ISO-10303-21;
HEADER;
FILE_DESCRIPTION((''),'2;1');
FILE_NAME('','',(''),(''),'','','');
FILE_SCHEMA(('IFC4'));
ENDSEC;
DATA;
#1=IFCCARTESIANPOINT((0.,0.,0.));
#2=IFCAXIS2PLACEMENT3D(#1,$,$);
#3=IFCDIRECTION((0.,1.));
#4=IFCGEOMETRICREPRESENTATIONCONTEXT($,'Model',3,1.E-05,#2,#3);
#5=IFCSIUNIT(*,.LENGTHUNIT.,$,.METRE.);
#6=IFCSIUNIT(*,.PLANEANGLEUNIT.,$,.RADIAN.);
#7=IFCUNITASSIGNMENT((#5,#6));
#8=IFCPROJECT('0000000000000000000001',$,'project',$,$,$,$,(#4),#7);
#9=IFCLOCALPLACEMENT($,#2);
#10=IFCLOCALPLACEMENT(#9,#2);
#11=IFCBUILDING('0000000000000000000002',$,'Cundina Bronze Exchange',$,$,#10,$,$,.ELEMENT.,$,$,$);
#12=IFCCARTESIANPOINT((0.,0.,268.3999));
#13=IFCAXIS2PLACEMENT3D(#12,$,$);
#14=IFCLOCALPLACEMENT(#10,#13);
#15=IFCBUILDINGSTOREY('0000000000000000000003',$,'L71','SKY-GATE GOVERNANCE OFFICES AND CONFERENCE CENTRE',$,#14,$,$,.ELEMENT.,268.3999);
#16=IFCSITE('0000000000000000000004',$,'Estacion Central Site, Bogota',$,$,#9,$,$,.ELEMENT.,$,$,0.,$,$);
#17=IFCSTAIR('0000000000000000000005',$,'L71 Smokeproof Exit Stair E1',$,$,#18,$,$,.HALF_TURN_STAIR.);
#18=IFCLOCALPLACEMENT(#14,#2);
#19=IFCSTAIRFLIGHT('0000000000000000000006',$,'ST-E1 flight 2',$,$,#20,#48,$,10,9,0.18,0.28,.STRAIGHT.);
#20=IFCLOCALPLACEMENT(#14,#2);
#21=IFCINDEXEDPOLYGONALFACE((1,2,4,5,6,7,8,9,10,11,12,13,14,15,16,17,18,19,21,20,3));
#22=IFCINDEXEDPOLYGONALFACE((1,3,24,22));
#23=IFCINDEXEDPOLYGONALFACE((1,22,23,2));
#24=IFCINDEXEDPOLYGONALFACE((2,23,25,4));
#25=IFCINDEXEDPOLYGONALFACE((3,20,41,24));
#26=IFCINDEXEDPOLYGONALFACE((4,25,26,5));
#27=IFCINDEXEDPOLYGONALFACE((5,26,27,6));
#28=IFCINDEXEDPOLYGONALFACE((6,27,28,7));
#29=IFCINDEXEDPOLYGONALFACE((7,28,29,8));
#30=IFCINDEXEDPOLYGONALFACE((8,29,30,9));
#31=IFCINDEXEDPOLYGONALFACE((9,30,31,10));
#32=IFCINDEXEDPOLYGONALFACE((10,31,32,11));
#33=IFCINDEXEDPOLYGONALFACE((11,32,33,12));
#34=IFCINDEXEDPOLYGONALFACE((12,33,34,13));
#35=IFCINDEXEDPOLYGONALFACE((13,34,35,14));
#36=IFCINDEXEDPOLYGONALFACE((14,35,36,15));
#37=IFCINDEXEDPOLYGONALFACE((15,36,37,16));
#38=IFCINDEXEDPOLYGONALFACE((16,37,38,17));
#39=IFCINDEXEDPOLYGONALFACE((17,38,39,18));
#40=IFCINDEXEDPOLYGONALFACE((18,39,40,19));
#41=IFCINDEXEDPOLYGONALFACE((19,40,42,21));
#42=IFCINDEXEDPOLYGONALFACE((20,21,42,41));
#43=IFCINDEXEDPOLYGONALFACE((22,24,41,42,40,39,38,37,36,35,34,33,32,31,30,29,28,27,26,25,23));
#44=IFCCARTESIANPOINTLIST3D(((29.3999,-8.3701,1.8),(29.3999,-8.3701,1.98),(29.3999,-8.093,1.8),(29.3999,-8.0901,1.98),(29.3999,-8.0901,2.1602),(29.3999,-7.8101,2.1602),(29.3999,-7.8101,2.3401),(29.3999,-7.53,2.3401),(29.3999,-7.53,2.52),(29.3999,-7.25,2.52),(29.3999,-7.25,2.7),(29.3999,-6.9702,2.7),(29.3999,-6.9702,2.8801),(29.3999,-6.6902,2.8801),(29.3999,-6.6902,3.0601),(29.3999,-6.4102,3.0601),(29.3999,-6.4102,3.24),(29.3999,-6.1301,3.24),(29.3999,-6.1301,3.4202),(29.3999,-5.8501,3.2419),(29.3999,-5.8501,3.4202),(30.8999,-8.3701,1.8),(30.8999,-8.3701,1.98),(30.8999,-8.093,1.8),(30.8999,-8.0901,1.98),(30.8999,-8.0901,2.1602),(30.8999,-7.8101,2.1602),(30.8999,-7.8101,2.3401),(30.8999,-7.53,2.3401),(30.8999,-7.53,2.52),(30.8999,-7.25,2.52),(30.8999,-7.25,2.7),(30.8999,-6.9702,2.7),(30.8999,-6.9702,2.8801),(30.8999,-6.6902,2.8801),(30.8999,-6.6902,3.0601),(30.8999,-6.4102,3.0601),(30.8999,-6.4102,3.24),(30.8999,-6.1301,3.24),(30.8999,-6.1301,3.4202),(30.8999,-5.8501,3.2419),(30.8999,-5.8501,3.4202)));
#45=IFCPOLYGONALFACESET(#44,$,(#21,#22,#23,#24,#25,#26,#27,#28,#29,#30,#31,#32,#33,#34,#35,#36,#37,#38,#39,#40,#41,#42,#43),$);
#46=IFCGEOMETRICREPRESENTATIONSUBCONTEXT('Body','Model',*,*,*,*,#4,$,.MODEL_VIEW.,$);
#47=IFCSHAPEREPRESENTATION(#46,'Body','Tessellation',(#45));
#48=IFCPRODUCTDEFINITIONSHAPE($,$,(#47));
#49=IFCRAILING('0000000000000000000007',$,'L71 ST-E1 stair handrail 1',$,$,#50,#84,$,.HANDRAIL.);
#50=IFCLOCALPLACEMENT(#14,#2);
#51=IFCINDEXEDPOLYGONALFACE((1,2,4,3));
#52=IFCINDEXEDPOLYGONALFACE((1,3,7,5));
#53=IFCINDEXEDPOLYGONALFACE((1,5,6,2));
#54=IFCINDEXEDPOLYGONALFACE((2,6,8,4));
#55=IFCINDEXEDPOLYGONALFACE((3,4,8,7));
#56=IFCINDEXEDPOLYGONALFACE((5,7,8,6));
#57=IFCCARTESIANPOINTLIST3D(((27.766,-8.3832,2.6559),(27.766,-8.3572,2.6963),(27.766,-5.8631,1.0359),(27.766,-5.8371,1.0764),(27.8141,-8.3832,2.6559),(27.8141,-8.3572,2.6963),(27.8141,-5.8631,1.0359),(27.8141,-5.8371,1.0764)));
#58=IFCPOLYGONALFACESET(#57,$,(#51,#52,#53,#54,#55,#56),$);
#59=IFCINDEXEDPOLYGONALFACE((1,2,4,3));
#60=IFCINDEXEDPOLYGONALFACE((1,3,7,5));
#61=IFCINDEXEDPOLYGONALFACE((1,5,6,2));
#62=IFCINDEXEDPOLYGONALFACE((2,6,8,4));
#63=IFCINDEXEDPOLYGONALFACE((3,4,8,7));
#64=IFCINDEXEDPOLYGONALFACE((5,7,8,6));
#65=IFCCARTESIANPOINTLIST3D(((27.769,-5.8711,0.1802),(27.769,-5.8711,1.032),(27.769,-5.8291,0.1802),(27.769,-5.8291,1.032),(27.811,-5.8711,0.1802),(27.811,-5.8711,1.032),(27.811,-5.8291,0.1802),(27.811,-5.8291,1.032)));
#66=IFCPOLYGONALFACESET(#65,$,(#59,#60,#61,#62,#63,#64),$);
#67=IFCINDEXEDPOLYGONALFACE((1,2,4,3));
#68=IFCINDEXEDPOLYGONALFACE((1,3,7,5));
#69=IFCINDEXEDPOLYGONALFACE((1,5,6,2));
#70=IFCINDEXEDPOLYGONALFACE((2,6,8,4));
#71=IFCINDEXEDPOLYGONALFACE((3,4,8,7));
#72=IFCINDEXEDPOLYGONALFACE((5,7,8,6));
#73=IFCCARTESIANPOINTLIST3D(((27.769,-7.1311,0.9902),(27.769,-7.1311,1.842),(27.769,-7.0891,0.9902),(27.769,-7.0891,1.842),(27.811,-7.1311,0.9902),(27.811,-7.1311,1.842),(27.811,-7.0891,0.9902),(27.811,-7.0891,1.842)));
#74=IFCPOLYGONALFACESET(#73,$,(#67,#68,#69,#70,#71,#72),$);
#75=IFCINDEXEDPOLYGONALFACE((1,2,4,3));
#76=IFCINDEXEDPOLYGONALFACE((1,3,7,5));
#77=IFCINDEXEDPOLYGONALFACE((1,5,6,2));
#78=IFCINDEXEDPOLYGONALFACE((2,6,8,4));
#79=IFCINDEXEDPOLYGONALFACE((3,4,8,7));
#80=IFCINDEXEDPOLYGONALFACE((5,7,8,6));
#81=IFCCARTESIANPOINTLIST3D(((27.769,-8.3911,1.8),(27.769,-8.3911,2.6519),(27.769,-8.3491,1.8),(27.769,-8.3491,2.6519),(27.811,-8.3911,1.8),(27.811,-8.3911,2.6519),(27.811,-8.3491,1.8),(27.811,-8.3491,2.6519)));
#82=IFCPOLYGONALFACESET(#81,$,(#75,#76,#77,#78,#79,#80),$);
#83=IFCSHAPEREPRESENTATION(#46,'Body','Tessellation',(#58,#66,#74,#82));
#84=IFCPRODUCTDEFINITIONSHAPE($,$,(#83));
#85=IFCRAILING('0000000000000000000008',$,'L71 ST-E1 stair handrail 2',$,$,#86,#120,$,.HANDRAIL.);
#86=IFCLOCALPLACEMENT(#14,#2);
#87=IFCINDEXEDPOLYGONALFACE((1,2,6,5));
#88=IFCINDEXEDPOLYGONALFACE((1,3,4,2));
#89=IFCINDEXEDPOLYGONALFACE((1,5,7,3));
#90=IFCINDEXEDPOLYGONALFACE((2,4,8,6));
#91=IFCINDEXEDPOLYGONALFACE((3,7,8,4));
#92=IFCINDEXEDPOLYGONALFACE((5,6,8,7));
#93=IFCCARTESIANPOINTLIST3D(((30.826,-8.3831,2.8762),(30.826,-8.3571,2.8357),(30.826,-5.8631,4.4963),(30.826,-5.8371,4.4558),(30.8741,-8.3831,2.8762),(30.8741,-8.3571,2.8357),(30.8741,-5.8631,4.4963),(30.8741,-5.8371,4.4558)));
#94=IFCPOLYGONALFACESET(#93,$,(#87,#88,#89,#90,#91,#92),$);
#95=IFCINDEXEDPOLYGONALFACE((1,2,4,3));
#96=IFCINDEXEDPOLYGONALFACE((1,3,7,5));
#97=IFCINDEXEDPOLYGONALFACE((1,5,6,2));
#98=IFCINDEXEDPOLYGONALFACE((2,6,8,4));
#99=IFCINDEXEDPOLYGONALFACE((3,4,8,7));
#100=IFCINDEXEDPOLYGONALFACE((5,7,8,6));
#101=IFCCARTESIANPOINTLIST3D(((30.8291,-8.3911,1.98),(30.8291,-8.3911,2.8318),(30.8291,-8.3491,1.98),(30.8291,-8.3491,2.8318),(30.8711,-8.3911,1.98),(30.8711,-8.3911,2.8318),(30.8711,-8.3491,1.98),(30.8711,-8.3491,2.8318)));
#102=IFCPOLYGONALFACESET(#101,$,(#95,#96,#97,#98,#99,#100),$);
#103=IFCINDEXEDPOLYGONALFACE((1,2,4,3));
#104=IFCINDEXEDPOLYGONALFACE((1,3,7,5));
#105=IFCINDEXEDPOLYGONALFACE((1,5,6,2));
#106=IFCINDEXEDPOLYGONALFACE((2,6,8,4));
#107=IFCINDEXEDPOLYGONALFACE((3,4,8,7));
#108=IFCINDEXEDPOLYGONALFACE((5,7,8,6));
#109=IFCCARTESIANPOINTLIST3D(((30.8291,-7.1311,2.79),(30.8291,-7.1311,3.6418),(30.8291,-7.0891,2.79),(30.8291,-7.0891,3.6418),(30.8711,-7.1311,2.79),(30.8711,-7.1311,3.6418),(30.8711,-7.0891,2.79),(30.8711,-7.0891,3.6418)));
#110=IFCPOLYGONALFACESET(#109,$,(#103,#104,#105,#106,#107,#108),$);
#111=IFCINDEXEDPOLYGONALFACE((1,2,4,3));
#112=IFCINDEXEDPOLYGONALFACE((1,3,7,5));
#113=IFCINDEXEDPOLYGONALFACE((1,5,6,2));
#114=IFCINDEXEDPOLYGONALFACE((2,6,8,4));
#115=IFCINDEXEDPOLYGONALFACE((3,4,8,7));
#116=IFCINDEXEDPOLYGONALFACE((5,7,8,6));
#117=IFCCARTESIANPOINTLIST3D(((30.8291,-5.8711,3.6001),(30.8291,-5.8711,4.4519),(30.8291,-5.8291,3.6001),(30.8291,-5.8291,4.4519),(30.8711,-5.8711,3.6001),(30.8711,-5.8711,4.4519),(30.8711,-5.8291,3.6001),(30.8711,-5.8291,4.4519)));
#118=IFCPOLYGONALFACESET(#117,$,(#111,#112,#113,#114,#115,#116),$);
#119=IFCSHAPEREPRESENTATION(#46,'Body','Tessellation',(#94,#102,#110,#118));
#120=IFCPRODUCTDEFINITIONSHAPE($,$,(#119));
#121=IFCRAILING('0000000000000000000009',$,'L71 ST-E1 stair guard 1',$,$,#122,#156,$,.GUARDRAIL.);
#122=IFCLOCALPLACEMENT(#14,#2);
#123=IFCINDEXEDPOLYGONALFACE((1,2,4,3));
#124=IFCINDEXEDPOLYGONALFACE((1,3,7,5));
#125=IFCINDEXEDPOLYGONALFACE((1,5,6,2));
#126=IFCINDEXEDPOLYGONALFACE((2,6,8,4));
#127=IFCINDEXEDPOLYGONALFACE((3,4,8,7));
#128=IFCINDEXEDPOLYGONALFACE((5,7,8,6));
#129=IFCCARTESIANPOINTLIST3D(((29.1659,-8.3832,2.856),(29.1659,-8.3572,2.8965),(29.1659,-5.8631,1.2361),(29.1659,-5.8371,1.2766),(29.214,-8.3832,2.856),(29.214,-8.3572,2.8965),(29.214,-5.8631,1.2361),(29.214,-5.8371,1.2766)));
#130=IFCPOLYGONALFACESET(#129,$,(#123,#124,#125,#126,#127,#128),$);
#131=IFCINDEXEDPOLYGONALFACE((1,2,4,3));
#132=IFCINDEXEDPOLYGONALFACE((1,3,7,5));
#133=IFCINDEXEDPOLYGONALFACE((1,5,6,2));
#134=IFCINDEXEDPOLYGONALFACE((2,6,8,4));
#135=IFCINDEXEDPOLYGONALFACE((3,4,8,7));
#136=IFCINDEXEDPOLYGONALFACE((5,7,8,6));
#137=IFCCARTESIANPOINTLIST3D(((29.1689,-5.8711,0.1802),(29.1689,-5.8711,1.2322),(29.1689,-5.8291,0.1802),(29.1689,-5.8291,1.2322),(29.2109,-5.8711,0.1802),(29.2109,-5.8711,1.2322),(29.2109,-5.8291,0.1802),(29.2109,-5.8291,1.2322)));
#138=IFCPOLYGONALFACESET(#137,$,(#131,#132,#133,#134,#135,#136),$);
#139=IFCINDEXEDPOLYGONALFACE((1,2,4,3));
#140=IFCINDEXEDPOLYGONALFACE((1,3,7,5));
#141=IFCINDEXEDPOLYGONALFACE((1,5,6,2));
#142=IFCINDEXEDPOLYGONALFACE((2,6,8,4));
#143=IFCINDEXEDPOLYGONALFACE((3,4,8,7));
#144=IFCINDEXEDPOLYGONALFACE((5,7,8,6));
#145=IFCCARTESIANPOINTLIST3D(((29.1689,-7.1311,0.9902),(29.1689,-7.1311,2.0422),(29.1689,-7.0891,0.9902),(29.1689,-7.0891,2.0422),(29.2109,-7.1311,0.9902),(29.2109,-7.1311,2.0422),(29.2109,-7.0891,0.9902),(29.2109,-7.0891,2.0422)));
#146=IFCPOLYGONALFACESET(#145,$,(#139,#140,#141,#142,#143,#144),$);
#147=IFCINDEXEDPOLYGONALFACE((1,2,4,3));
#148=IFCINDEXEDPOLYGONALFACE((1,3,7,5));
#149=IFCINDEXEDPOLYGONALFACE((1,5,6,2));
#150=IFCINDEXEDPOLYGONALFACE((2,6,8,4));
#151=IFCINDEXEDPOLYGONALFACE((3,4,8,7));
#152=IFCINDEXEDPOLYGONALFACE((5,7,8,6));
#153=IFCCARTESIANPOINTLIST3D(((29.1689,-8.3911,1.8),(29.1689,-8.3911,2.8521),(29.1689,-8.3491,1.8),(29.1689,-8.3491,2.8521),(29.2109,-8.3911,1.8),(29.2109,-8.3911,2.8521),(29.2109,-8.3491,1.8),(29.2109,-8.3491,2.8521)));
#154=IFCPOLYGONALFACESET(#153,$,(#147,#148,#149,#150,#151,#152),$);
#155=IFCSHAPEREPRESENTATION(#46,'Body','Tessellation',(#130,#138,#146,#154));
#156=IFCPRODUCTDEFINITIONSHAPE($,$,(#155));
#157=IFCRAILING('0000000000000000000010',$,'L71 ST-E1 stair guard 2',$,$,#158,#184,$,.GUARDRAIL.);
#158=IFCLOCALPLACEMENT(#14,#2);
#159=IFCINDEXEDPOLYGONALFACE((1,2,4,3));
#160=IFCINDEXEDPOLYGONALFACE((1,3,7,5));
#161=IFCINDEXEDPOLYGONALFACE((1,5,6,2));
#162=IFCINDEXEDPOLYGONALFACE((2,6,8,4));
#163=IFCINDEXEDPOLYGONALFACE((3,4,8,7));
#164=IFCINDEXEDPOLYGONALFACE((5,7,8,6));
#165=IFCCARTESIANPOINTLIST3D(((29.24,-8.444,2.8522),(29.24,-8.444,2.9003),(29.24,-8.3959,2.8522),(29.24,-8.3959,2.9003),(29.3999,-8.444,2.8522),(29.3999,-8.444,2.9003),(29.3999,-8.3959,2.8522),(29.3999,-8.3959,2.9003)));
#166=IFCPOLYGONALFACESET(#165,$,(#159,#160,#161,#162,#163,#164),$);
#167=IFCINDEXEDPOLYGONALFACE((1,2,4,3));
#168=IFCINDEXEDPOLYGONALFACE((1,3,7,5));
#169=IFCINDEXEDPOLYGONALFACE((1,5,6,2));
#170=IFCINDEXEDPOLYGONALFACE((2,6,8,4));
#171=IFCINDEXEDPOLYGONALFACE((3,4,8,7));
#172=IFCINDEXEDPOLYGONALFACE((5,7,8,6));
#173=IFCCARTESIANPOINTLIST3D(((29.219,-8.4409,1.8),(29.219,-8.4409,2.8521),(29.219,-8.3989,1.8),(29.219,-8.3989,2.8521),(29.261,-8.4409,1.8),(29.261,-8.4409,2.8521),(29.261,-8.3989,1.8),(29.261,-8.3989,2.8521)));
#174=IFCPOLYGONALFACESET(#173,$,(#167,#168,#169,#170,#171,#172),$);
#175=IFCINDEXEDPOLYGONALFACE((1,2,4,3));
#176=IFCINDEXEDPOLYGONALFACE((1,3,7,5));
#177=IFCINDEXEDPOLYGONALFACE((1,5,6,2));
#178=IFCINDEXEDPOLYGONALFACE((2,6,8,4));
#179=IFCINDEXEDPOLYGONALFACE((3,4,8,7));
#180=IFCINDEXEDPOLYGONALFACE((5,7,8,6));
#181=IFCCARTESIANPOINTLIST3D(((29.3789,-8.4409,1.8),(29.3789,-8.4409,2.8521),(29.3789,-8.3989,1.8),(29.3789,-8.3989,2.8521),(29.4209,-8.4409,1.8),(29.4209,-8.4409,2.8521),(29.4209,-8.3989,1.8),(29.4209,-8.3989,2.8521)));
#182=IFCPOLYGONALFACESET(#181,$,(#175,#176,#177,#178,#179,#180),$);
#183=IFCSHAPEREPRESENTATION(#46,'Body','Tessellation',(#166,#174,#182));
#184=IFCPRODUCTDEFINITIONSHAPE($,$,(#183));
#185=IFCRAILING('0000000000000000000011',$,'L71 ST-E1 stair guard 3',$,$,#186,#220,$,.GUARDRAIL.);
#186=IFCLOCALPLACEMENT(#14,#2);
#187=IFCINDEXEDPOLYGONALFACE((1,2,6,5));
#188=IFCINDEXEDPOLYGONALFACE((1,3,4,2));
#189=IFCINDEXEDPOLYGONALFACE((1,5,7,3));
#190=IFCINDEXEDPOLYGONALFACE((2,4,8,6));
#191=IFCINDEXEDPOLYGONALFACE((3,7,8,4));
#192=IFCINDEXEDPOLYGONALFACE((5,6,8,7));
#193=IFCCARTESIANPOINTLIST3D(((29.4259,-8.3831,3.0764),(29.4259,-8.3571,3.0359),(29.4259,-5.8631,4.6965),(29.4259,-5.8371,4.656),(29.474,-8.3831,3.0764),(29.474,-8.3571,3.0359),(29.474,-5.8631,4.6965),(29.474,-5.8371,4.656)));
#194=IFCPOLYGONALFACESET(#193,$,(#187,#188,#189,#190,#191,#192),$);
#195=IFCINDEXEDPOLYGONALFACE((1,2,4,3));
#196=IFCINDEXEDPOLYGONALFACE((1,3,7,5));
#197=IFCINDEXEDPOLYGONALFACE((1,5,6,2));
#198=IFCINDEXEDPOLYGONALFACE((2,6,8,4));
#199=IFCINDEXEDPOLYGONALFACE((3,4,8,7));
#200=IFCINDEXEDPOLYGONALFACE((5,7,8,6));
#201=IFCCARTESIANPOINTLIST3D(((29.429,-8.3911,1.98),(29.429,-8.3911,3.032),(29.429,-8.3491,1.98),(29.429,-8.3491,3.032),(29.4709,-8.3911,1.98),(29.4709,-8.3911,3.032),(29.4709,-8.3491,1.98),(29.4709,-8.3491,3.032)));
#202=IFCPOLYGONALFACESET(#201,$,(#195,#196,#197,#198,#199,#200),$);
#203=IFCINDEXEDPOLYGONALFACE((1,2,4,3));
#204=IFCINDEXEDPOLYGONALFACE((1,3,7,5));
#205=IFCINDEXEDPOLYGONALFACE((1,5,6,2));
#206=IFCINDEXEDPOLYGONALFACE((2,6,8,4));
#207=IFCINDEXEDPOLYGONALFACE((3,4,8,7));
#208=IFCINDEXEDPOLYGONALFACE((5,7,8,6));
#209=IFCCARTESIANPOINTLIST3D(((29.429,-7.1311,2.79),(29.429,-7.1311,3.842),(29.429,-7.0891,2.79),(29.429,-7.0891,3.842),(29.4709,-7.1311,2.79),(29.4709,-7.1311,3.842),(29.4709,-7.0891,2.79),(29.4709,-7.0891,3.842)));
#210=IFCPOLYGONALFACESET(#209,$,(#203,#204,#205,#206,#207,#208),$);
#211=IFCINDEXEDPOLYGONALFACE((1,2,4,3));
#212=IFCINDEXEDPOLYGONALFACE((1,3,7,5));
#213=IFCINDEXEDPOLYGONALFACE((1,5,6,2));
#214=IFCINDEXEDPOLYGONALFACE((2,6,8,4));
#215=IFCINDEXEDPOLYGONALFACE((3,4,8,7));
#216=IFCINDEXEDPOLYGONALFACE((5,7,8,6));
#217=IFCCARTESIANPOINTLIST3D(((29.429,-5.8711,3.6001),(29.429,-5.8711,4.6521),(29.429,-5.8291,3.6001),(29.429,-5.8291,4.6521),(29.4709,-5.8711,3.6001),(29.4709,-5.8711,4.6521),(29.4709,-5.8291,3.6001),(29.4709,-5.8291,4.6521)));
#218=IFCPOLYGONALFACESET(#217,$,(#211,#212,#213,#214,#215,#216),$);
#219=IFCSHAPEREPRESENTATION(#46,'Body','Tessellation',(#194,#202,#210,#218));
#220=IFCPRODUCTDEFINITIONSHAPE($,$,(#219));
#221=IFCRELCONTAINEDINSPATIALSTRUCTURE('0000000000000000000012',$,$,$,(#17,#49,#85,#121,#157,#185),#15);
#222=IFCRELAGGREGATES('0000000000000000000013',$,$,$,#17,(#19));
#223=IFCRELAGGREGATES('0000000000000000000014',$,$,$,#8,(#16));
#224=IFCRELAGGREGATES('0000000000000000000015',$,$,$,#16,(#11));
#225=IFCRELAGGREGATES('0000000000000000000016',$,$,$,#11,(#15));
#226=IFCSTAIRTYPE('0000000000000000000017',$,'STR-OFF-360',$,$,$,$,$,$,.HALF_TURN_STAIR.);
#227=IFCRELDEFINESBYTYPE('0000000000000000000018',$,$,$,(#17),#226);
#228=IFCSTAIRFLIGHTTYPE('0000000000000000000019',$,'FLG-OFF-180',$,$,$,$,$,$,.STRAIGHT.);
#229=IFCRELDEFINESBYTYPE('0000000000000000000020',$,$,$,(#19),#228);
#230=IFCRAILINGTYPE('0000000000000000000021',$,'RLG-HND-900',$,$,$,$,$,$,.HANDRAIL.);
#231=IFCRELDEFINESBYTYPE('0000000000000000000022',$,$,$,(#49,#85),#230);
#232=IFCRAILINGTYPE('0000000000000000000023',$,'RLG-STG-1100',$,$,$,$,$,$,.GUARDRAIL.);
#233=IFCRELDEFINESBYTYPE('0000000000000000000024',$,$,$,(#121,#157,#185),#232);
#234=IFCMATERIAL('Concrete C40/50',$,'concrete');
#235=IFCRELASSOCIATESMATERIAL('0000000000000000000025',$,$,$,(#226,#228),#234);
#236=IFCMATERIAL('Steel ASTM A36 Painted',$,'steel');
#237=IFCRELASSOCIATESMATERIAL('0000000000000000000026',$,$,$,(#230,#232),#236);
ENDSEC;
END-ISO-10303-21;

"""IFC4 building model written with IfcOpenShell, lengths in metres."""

from ifc_helpers import new_model, si_unit, direction, frame, origin, origin_2d, place, context, subcontext, project, spatial, polyline, rectangle, outline, extrude, material, type_object, element, aggregate, save


model = new_model("IFC4")

# Units and contexts
model_context = context("Model", 3, precision=1e-05, world=origin(), true_north=direction((0.0, 1.0)))
body_context = subcontext(model_context, "Body", "Model", "MODEL_VIEW")
ifc_project = project(units=[si_unit("LENGTHUNIT", "METRE"), si_unit("PLANEANGLEUNIT", "RADIAN")], contexts=[model_context])

# Site, building, storey
site_placement = place(None, origin())
site = spatial("IfcSite", under=ifc_project, at=site_placement, Name="Estacion Central Site, Bogota", CompositionType="ELEMENT", RefElevation=0.0)
building_placement = place(site_placement, origin())
building = spatial("IfcBuilding", under=site, at=building_placement, Name="Cundina Bronze Exchange", CompositionType="ELEMENT")
storey_placement = place(building_placement, frame((0.0, 0.0, 268.3999)))
storey = spatial("IfcBuildingStorey", under=building, at=storey_placement, Name="L71", Description="SKY-GATE GOVERNANCE OFFICES AND CONFERENCE CENTRE", CompositionType="ELEMENT", Elevation=268.3999)

# Shared definitions
ifc_material_1 = material(Name="Steel ASTM A36 Painted", Category="steel")

# Stair, stair flight
ifc_material_2 = material(Name="Concrete C40/50", Category="concrete")
stair_type = type_object("IfcStairType", Name="STR-OFF-360", PredefinedType="HALF_TURN_STAIR", material=ifc_material_2)
stair_placement = place(storey_placement, origin())
stair = element("IfcStair", 1, at=stair_placement, inside=storey, type_object=stair_type, Name="L71 Smokeproof Exit Stair E1", PredefinedType="HALF_TURN_STAIR")
stair_flight_type = type_object("IfcStairFlightType", Name="FLG-OFF-180", PredefinedType="STRAIGHT", material=ifc_material_2)
stair_flight_1_placement = place(storey_placement, frame((30.1499, -8.3701, 1.8), z_axis=(0.0, 0.0, 1.0), x_axis=(0.0, 1.0, 0.0)))
stair_flight_1 = element("IfcStairFlight", 2, at=stair_flight_1_placement, type_object=stair_flight_type, Name="ST-E1 flight 2", NumberOfRisers=10, NumberOfTreads=9, PredefinedType="STRAIGHT", RiserHeight=0.18, TreadLength=0.28, context=body_context, shape_type="SweptSolid", body=[
    extrude(outline(polyline([(0.0, 0.0), (0.0, 0.1799), (0.28, 0.1799), (0.28, 0.3601), (0.5601, 0.3601), (0.5601, 0.54), (0.8401, 0.54), (0.8401, 0.72), (1.1201, 0.72), (1.1201, 0.8999), (1.3999, 0.8999), (1.3999, 1.0801), (1.6799, 1.0801), (1.6799, 1.26), (1.96, 1.26), (1.96, 1.4399), (2.24, 1.4399), (2.24, 1.6201), (2.52, 1.6201), (2.52, 1.8), (2.52, 1.4419), (0.2771, 0.0), (0.0, 0.0)])), frame((0.0, 0.75, 0.0), z_axis=(0.0, -1.0, 0.0), x_axis=(1.0, 0.0, 0.0)), (0.0, 0.0, 1.0), 1.5),
])
aggregate(stair, [stair_flight_1])

# Railings
railing_type_1 = type_object("IfcRailingType", Name="RLG-HND-900", PredefinedType="HANDRAIL", material=ifc_material_1)
railing_1_placement = place(storey_placement, frame((27.79, -5.8501, 0.1802)))
element("IfcRailing", 3, at=railing_1_placement, inside=storey, type_object=railing_type_1, Name="L71 ST-E1 stair handrail 1", PredefinedType="HANDRAIL", context=body_context, shape_type="SweptSolid", body=[
    extrude(rectangle(XDim=0.0481, YDim=0.0481, at=origin_2d()), frame((0.0, 0.0, 0.876), z_axis=(0.0, -0.8412, 0.540725), x_axis=(1.0, 0.0, 0.0)), (0.0, 0.0, 1.0), 2.9958),
    extrude(rectangle(XDim=0.042, YDim=0.042, at=origin_2d()), origin(), (0.0, 0.0, 1.0), 0.8518),
    extrude(rectangle(XDim=0.042, YDim=0.042, at=origin_2d()), frame((0.0, -1.26, 0.8101)), (0.0, 0.0, 1.0), 0.8518),
    extrude(rectangle(XDim=0.042, YDim=0.042, at=origin_2d()), frame((0.0, -2.52, 1.6199)), (0.0, 0.0, 1.0), 0.8518),
])
railing_2_placement = place(storey_placement, frame((30.8501, -8.3701, 1.98)))
element("IfcRailing", 4, at=railing_2_placement, inside=storey, type_object=railing_type_1, Name="L71 ST-E1 stair handrail 2", PredefinedType="HANDRAIL", context=body_context, shape_type="SweptSolid", body=[
    extrude(rectangle(XDim=0.0481, YDim=0.0481, at=origin_2d()), frame((0.0, 0.0, 0.876), z_axis=(0.0, 0.841163, 0.540782), x_axis=(-1.0, 0.0, 0.0)), (0.0, 0.0, 1.0), 2.9958),
    extrude(rectangle(XDim=0.042, YDim=0.042, at=origin_2d()), origin(), (0.0, 0.0, 1.0), 0.8518),
    extrude(rectangle(XDim=0.042, YDim=0.042, at=origin_2d()), frame((0.0, 1.26, 0.8101)), (0.0, 0.0, 1.0), 0.8518),
    extrude(rectangle(XDim=0.042, YDim=0.042, at=origin_2d()), frame((0.0, 2.52, 1.6201)), (0.0, 0.0, 1.0), 0.8518),
])
railing_type_2 = type_object("IfcRailingType", Name="RLG-STG-1100", PredefinedType="GUARDRAIL", material=ifc_material_1)
railing_3_placement = place(storey_placement, frame((29.1899, -5.8501, 0.1802)))
element("IfcRailing", 5, at=railing_3_placement, inside=storey, type_object=railing_type_2, Name="L71 ST-E1 stair guard 1", PredefinedType="GUARDRAIL", context=body_context, shape_type="SweptSolid", body=[
    extrude(rectangle(XDim=0.0481, YDim=0.0481, at=origin_2d()), frame((0.0, 0.0, 1.0762), z_axis=(0.0, -0.8412, 0.540725), x_axis=(1.0, 0.0, 0.0)), (0.0, 0.0, 1.0), 2.9958),
    extrude(rectangle(XDim=0.042, YDim=0.042, at=origin_2d()), origin(), (0.0, 0.0, 1.0), 1.052),
    extrude(rectangle(XDim=0.042, YDim=0.042, at=origin_2d()), frame((0.0, -1.26, 0.8101)), (0.0, 0.0, 1.0), 1.052),
    extrude(rectangle(XDim=0.042, YDim=0.042, at=origin_2d()), frame((0.0, -2.52, 1.6199)), (0.0, 0.0, 1.0), 1.052),
])
railing_4_placement = place(storey_placement, frame((29.24, -8.4199, 1.8)))
element("IfcRailing", 6, at=railing_4_placement, inside=storey, type_object=railing_type_2, Name="L71 ST-E1 stair guard 2", PredefinedType="GUARDRAIL", context=body_context, shape_type="SweptSolid", body=[
    extrude(rectangle(XDim=0.0481, YDim=0.0481, at=origin_2d()), frame((0.0, 0.0, 1.0762), z_axis=(1.0, 0.0, 0.0), x_axis=(0.0, 1.0, 0.0)), (0.0, 0.0, 1.0), 0.1599),
    extrude(rectangle(XDim=0.042, YDim=0.042, at=origin_2d()), origin(), (0.0, 0.0, 1.0), 1.052),
    extrude(rectangle(XDim=0.042, YDim=0.042, at=origin_2d()), frame((0.1599, 0.0, 0.0)), (0.0, 0.0, 1.0), 1.052),
])
railing_5_placement = place(storey_placement, frame((29.45, -8.3701, 1.98)))
element("IfcRailing", 7, at=railing_5_placement, inside=storey, type_object=railing_type_2, Name="L71 ST-E1 stair guard 3", PredefinedType="GUARDRAIL", context=body_context, shape_type="SweptSolid", body=[
    extrude(rectangle(XDim=0.0481, YDim=0.0481, at=origin_2d()), frame((0.0, 0.0, 1.0762), z_axis=(0.0, 0.841163, 0.540782), x_axis=(-1.0, 0.0, 0.0)), (0.0, 0.0, 1.0), 2.9958),
    extrude(rectangle(XDim=0.042, YDim=0.042, at=origin_2d()), origin(), (0.0, 0.0, 1.0), 1.052),
    extrude(rectangle(XDim=0.042, YDim=0.042, at=origin_2d()), frame((0.0, 1.26, 0.8101)), (0.0, 0.0, 1.0), 1.052),
    extrude(rectangle(XDim=0.042, YDim=0.042, at=origin_2d()), frame((0.0, 2.52, 1.6201)), (0.0, 0.0, 1.0), 1.052),
])

save(model, "model.ifc")
